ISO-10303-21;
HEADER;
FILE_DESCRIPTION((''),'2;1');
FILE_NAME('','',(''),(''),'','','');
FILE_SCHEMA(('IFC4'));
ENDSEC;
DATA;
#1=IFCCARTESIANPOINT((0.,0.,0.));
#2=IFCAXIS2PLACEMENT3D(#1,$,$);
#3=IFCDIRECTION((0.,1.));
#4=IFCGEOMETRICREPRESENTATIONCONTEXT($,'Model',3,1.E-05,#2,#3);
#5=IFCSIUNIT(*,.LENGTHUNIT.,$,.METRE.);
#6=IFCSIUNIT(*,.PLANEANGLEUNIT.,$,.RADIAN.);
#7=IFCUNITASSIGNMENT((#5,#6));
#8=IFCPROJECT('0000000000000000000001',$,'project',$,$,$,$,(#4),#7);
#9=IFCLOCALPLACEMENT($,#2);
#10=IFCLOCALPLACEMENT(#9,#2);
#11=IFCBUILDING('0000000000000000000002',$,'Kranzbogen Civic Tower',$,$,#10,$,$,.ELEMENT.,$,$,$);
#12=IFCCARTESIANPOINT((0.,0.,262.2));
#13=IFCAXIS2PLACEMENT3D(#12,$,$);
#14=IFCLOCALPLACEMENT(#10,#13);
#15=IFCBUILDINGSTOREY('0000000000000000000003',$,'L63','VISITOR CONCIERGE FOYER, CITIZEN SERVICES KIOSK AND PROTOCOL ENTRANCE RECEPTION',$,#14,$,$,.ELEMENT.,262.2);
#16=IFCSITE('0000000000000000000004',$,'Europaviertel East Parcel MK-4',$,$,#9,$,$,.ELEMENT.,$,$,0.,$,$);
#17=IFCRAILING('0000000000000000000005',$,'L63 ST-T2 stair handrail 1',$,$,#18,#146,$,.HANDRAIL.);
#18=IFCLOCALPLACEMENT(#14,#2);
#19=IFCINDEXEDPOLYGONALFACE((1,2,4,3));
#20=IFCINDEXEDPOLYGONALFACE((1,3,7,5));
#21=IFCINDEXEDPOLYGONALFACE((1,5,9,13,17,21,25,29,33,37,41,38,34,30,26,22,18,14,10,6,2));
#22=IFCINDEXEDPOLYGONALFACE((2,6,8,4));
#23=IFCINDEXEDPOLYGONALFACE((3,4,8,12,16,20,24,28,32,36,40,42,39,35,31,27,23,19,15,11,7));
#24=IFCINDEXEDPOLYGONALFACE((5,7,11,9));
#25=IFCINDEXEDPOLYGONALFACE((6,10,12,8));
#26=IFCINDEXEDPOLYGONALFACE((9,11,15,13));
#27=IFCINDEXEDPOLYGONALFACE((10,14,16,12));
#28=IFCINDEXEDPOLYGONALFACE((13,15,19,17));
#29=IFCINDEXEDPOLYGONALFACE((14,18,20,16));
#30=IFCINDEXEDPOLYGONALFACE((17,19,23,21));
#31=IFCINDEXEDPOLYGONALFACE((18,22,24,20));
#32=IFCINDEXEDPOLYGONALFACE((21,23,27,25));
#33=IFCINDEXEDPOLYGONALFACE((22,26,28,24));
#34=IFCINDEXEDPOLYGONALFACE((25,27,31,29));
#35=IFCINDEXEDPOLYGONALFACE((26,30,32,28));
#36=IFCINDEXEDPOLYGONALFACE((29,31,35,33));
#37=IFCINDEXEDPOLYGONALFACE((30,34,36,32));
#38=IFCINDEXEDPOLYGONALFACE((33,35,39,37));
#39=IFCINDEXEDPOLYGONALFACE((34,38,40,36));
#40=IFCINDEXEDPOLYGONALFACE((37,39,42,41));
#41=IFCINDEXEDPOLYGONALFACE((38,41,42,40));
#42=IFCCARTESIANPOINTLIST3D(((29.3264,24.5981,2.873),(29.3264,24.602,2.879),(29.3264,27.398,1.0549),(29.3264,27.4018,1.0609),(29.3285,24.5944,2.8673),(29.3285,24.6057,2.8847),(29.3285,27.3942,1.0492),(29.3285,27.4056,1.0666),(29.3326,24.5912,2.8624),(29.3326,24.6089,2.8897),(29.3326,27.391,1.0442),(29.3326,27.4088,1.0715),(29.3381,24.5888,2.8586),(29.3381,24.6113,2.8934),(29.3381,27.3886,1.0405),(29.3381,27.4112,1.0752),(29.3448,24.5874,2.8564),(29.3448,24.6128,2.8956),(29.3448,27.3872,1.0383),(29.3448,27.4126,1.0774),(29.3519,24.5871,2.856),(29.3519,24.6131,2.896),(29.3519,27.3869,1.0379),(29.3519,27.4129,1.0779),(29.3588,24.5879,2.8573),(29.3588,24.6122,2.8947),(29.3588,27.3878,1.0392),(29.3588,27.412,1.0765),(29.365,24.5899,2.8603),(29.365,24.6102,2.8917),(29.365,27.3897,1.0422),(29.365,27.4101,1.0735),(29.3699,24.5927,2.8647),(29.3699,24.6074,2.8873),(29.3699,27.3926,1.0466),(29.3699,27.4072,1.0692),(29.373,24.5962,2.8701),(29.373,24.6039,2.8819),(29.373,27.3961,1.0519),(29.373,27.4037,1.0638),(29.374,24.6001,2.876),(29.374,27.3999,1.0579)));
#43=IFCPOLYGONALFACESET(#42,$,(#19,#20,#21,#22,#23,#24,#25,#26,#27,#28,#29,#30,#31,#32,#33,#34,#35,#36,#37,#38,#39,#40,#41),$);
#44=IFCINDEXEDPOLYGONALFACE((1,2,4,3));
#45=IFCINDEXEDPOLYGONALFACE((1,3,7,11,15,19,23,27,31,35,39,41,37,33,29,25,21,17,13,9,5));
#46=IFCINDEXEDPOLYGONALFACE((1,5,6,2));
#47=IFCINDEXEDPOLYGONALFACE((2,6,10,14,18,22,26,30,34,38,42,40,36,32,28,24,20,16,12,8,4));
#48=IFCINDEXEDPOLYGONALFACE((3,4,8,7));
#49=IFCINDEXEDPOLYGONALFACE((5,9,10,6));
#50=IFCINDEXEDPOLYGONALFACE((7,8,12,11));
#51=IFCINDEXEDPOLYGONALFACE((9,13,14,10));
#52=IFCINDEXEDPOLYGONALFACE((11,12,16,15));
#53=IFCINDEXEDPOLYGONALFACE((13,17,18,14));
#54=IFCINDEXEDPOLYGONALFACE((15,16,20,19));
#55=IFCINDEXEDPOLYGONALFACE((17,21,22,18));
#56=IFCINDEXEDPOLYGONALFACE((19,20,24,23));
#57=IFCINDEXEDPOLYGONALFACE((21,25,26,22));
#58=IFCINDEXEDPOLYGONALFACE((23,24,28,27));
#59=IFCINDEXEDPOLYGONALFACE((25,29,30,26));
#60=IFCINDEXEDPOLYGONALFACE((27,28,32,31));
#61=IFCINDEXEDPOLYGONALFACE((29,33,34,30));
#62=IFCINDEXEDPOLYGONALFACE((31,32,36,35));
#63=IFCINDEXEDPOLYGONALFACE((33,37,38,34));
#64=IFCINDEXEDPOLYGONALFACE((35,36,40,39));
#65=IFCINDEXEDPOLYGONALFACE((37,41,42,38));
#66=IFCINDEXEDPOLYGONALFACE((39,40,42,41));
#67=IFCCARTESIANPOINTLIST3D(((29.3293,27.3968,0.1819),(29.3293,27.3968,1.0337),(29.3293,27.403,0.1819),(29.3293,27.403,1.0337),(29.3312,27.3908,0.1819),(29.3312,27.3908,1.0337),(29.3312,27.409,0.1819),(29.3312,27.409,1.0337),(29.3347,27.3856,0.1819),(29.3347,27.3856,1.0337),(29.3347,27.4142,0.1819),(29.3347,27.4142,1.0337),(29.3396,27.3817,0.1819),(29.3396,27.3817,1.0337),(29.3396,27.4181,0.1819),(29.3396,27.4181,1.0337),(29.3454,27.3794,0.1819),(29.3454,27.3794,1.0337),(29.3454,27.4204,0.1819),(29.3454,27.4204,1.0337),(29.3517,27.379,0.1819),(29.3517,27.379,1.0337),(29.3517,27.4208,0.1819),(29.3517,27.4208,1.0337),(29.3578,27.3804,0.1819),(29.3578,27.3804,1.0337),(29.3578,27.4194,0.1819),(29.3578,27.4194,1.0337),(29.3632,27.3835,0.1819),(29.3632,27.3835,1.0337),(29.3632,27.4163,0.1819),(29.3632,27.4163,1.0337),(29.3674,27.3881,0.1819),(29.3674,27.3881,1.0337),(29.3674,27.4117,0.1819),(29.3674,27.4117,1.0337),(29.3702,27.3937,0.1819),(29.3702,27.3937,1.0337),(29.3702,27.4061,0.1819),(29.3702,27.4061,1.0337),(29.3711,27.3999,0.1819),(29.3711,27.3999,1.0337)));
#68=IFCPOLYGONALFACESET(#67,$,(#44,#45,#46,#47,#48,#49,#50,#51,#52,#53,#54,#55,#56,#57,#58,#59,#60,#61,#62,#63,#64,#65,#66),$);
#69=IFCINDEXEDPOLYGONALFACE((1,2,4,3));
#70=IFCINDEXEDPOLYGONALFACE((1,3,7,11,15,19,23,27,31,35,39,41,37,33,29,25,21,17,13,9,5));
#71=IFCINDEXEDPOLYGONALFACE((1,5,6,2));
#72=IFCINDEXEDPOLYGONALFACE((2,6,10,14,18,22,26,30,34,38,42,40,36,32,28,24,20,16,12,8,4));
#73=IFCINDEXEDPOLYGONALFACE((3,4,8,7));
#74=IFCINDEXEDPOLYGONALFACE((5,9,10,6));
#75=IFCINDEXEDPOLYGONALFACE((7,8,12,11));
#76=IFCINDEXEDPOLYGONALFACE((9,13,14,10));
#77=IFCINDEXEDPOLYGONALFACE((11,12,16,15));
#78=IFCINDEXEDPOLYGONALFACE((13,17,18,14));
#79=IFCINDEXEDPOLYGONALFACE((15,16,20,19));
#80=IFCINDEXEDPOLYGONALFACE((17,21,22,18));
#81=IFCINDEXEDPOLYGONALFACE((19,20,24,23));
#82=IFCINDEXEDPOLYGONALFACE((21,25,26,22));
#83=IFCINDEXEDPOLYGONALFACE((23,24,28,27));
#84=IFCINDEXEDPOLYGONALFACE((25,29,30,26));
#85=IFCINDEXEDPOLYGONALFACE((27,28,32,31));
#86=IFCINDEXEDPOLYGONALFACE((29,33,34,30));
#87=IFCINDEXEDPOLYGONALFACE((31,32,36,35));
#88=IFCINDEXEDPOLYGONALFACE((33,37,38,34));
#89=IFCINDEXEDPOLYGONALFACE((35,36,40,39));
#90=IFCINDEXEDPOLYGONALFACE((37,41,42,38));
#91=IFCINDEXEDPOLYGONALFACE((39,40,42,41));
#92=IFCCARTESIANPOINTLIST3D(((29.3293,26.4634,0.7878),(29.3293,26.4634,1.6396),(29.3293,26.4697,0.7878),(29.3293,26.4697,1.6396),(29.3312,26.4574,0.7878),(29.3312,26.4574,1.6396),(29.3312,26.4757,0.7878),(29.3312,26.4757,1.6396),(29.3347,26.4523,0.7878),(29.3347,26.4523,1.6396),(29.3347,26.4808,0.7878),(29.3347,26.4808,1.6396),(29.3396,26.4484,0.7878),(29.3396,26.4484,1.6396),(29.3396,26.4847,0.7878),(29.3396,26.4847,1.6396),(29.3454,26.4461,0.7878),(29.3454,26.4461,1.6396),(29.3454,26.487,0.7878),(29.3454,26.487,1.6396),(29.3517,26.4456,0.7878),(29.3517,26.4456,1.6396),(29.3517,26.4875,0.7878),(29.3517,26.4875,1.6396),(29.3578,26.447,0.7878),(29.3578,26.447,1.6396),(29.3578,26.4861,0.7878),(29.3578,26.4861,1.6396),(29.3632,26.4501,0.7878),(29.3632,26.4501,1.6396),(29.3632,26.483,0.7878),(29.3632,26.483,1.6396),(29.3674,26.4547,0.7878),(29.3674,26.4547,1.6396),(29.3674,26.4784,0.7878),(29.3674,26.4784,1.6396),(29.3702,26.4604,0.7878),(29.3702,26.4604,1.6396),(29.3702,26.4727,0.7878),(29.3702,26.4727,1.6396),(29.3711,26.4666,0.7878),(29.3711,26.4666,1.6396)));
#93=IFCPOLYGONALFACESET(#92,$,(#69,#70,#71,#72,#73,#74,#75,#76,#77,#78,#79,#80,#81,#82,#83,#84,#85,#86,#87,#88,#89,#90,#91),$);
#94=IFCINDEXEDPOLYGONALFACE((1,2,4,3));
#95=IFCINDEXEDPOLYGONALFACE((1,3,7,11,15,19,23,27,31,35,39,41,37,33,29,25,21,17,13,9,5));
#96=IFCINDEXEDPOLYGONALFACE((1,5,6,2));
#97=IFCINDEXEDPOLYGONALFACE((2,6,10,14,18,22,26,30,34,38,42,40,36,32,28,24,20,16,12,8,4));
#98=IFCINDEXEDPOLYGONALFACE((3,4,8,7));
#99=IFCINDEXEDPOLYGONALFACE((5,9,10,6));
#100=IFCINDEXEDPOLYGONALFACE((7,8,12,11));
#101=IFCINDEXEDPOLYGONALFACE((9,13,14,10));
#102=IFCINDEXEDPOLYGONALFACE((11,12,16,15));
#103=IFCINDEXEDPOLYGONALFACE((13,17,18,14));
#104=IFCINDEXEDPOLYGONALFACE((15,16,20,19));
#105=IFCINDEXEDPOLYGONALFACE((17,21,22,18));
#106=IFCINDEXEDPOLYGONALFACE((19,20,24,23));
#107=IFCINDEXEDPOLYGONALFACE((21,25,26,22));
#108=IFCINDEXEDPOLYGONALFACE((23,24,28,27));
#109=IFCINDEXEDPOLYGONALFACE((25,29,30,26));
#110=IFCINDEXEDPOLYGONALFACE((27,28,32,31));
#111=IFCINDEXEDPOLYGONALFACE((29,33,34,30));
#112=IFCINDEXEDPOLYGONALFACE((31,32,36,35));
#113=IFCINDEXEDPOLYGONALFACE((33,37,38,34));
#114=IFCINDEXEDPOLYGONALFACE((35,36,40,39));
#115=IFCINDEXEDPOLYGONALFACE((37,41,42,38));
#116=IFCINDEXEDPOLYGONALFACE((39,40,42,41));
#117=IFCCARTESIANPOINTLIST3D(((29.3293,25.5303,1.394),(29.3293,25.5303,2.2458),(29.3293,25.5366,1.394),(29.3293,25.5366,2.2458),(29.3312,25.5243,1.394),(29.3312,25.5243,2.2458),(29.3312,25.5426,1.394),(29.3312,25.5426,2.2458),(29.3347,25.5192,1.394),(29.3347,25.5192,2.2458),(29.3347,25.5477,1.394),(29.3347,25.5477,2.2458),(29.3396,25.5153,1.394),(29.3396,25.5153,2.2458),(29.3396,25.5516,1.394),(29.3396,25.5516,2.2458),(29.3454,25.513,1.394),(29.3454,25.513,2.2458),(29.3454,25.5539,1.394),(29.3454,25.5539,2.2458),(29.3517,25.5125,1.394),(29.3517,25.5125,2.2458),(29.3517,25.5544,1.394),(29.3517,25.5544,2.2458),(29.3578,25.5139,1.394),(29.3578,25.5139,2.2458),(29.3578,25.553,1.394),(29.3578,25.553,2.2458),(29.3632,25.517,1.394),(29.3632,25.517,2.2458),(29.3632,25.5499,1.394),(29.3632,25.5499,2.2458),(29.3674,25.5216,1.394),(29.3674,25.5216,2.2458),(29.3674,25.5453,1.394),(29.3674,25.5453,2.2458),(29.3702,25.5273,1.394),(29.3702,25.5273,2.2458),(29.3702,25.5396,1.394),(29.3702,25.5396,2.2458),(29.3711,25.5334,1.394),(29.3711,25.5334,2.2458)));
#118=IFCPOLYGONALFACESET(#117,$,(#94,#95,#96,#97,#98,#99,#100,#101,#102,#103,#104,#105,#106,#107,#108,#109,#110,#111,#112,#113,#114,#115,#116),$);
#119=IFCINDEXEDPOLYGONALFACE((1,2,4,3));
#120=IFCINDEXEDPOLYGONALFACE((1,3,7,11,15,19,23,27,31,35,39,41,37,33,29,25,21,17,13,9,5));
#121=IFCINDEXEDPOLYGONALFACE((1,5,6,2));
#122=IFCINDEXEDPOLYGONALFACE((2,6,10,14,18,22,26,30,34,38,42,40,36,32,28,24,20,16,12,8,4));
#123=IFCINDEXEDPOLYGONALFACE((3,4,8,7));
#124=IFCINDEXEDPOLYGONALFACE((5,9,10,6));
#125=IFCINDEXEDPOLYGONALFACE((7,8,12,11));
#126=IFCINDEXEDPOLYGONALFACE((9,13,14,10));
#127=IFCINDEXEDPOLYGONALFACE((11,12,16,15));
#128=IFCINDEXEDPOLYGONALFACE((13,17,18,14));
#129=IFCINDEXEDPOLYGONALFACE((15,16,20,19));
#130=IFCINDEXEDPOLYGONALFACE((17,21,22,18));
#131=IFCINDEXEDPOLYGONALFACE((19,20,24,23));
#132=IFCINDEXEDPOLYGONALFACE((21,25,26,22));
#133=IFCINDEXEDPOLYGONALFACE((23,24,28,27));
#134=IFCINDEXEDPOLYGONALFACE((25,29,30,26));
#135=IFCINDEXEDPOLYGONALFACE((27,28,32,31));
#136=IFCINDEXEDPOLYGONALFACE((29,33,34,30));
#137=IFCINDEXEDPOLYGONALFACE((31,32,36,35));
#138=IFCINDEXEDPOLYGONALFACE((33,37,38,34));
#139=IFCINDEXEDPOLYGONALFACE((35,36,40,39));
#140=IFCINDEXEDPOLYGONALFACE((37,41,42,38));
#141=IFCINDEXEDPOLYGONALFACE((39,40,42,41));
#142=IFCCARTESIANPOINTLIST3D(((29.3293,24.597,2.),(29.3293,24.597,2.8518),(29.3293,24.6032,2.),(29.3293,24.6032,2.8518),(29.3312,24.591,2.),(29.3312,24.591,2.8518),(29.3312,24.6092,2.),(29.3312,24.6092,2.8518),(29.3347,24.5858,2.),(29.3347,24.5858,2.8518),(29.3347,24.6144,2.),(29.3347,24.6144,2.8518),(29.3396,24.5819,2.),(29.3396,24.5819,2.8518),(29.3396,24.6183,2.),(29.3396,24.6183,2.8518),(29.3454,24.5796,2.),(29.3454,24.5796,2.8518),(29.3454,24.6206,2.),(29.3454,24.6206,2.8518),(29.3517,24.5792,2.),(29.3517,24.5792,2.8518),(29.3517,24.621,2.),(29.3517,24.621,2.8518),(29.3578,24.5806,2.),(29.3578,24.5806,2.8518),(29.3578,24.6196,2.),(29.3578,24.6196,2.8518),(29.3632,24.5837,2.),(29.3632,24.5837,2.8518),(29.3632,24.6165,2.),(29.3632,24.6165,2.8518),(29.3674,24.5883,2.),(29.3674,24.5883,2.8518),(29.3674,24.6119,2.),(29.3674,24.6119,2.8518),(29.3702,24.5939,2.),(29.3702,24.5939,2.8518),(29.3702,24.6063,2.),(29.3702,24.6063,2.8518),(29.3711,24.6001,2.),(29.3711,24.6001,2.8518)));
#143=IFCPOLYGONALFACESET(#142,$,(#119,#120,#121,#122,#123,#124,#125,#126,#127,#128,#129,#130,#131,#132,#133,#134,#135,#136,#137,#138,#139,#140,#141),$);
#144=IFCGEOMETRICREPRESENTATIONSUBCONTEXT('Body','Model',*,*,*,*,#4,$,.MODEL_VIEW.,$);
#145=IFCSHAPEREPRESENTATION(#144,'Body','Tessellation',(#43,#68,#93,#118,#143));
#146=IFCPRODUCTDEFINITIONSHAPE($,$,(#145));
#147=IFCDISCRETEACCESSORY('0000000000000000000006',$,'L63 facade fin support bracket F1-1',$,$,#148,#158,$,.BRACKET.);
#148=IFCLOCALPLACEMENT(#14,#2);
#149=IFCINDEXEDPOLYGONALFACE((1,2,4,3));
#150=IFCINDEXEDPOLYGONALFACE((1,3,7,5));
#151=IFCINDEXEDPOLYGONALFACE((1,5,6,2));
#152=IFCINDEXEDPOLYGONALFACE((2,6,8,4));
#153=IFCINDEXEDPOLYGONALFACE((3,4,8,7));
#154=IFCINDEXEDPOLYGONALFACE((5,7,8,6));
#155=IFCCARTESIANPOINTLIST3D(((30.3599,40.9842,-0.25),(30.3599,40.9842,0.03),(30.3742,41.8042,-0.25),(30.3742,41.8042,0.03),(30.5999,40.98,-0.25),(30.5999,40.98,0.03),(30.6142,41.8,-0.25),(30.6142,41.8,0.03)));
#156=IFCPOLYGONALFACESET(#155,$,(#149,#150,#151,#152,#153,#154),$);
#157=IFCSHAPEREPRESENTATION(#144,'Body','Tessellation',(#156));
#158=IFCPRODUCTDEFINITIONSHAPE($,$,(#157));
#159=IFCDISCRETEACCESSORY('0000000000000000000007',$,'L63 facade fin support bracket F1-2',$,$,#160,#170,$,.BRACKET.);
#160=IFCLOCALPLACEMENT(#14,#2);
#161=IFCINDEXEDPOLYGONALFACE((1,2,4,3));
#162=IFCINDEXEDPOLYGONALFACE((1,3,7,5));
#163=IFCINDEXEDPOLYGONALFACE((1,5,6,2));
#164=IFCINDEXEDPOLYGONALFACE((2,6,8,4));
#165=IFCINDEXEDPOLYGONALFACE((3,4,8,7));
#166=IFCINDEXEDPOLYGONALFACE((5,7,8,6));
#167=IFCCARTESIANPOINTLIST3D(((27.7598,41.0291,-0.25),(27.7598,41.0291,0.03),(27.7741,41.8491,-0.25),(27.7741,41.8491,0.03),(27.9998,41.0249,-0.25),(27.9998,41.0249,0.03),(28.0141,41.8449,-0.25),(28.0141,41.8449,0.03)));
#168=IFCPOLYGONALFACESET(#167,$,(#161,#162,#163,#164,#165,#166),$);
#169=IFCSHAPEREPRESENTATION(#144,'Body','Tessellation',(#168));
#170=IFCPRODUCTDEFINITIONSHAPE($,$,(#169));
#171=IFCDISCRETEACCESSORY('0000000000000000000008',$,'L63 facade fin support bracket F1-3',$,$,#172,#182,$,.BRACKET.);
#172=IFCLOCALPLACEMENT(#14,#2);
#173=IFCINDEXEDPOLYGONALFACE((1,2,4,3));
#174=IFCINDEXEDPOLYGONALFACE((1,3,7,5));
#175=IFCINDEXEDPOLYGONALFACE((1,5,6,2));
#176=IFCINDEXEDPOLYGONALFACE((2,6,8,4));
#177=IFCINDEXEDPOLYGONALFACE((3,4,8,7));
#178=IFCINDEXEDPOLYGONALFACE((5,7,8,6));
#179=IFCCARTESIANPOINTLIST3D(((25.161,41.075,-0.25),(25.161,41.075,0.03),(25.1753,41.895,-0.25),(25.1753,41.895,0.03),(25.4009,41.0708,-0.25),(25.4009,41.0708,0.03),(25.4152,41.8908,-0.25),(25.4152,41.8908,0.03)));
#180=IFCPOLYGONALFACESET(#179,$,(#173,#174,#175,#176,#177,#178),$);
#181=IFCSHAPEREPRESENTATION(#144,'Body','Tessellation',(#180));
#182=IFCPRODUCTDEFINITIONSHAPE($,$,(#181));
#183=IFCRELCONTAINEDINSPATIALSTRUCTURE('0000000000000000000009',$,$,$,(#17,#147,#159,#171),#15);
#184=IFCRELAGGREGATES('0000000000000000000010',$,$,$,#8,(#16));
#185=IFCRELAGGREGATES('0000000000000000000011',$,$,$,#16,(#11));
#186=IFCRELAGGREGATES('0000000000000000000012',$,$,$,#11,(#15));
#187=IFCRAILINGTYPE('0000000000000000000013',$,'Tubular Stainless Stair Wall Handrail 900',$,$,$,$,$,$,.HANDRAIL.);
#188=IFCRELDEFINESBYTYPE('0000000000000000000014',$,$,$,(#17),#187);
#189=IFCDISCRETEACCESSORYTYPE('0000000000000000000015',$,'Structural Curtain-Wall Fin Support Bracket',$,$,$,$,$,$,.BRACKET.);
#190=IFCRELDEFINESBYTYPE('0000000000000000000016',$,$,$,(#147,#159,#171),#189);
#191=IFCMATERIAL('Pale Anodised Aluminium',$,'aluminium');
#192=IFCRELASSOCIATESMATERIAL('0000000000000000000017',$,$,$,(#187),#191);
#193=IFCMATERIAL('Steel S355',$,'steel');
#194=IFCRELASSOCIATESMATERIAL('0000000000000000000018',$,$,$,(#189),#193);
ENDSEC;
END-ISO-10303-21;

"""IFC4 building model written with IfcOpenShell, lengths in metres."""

from ifc_helpers import new_model, si_unit, direction, frame, origin, origin_2d, place, context, subcontext, project, spatial, rectangle, circle, extrude, material, type_object, element, save


model = new_model("IFC4")

# Units and contexts
model_context = context("Model", 3, precision=1e-05, world=origin(), true_north=direction((0.0, 1.0)))
body_context = subcontext(model_context, "Body", "Model", "MODEL_VIEW")
ifc_project = project(units=[si_unit("LENGTHUNIT", "METRE"), si_unit("PLANEANGLEUNIT", "RADIAN")], contexts=[model_context])

# Site, building, storey
site_placement = place(None, origin())
site = spatial("IfcSite", under=ifc_project, at=site_placement, Name="Europaviertel East Parcel MK-4", CompositionType="ELEMENT", RefElevation=0.0)
building_placement = place(site_placement, origin())
building = spatial("IfcBuilding", under=site, at=building_placement, Name="Kranzbogen Civic Tower", CompositionType="ELEMENT")
storey_placement = place(building_placement, frame((0.0, 0.0, 262.2)))
storey = spatial("IfcBuildingStorey", under=building, at=storey_placement, Name="L63", Description="VISITOR CONCIERGE FOYER, CITIZEN SERVICES KIOSK AND PROTOCOL ENTRANCE RECEPTION", CompositionType="ELEMENT", Elevation=262.2)

# Shared definitions
ifc_material_1 = material(Name="Steel S355", Category="steel")

# Shared definitions
ifc_material_2 = material(Name="Pale Anodised Aluminium", Category="aluminium")

# Railing
railing_type_1 = type_object("IfcRailingType", Name="Tubular Stainless Stair Wall Handrail 900", PredefinedType="HANDRAIL", material=ifc_material_2)
railing_1_placement = place(storey_placement, frame((29.3501, 27.3999, 0.1819)))
element("IfcRailing", 1, at=railing_1_placement, inside=storey, type_object=railing_type_1, Name="L63 ST-T2 stair handrail 1", PredefinedType="HANDRAIL", context=body_context, shape_type="SweptSolid", body=[
    extrude(circle(Radius=0.0239, at=origin_2d()), frame((0.0, 0.0, 0.876), z_axis=(0.0, -0.838684, 0.544618), x_axis=(1.0, 0.0, 0.0)), (0.0, 0.0, 1.0), 3.3384),
    extrude(circle(Radius=0.021, at=origin_2d()), origin(), (0.0, 0.0, 1.0), 0.8518),
    extrude(circle(Radius=0.021, at=origin_2d()), frame((0.0, -0.9333, 0.606)), (0.0, 0.0, 1.0), 0.8518),
    extrude(circle(Radius=0.021, at=origin_2d()), frame((0.0, -1.8665, 1.2122)), (0.0, 0.0, 1.0), 0.8518),
    extrude(circle(Radius=0.021, at=origin_2d()), frame((0.0, -2.7998, 1.8181)), (0.0, 0.0, 1.0), 0.8518),
])

# Discrete accessories
discrete_accessory_type = type_object("IfcDiscreteAccessoryType", Name="Structural Curtain-Wall Fin Support Bracket", PredefinedType="BRACKET", material=ifc_material_1)
for number, where, z_axis, x_axis, name in (
    (2, (30.4871, 41.3921, -0.25), (0.0, 0.0, 1.0), (0.017452, 0.999848, 0.0), "L63 facade fin support bracket F1-1"),
    (3, (27.887, 41.437, -0.25), (0.0, 0.0, 1.0), (0.017452, 0.999848, 0.0), "L63 facade fin support bracket F1-2"),
    (4, (25.2881, 41.4829, -0.25), (0.0, 0.0, 1.0), (0.017452, 0.999848, 0.0), "L63 facade fin support bracket F1-3"),
):
    element("IfcDiscreteAccessory", number, at=place(storey_placement, frame(where, z_axis=z_axis, x_axis=x_axis)), inside=storey, type_object=discrete_accessory_type, Name=name, PredefinedType="BRACKET", context=body_context, shape_type="SweptSolid", body=[
        extrude(rectangle(XDim=0.8201, YDim=0.24, at=origin_2d()), origin(), (0.0, 0.0, 1.0), 0.28),
    ])

save(model, "model.ifc")
